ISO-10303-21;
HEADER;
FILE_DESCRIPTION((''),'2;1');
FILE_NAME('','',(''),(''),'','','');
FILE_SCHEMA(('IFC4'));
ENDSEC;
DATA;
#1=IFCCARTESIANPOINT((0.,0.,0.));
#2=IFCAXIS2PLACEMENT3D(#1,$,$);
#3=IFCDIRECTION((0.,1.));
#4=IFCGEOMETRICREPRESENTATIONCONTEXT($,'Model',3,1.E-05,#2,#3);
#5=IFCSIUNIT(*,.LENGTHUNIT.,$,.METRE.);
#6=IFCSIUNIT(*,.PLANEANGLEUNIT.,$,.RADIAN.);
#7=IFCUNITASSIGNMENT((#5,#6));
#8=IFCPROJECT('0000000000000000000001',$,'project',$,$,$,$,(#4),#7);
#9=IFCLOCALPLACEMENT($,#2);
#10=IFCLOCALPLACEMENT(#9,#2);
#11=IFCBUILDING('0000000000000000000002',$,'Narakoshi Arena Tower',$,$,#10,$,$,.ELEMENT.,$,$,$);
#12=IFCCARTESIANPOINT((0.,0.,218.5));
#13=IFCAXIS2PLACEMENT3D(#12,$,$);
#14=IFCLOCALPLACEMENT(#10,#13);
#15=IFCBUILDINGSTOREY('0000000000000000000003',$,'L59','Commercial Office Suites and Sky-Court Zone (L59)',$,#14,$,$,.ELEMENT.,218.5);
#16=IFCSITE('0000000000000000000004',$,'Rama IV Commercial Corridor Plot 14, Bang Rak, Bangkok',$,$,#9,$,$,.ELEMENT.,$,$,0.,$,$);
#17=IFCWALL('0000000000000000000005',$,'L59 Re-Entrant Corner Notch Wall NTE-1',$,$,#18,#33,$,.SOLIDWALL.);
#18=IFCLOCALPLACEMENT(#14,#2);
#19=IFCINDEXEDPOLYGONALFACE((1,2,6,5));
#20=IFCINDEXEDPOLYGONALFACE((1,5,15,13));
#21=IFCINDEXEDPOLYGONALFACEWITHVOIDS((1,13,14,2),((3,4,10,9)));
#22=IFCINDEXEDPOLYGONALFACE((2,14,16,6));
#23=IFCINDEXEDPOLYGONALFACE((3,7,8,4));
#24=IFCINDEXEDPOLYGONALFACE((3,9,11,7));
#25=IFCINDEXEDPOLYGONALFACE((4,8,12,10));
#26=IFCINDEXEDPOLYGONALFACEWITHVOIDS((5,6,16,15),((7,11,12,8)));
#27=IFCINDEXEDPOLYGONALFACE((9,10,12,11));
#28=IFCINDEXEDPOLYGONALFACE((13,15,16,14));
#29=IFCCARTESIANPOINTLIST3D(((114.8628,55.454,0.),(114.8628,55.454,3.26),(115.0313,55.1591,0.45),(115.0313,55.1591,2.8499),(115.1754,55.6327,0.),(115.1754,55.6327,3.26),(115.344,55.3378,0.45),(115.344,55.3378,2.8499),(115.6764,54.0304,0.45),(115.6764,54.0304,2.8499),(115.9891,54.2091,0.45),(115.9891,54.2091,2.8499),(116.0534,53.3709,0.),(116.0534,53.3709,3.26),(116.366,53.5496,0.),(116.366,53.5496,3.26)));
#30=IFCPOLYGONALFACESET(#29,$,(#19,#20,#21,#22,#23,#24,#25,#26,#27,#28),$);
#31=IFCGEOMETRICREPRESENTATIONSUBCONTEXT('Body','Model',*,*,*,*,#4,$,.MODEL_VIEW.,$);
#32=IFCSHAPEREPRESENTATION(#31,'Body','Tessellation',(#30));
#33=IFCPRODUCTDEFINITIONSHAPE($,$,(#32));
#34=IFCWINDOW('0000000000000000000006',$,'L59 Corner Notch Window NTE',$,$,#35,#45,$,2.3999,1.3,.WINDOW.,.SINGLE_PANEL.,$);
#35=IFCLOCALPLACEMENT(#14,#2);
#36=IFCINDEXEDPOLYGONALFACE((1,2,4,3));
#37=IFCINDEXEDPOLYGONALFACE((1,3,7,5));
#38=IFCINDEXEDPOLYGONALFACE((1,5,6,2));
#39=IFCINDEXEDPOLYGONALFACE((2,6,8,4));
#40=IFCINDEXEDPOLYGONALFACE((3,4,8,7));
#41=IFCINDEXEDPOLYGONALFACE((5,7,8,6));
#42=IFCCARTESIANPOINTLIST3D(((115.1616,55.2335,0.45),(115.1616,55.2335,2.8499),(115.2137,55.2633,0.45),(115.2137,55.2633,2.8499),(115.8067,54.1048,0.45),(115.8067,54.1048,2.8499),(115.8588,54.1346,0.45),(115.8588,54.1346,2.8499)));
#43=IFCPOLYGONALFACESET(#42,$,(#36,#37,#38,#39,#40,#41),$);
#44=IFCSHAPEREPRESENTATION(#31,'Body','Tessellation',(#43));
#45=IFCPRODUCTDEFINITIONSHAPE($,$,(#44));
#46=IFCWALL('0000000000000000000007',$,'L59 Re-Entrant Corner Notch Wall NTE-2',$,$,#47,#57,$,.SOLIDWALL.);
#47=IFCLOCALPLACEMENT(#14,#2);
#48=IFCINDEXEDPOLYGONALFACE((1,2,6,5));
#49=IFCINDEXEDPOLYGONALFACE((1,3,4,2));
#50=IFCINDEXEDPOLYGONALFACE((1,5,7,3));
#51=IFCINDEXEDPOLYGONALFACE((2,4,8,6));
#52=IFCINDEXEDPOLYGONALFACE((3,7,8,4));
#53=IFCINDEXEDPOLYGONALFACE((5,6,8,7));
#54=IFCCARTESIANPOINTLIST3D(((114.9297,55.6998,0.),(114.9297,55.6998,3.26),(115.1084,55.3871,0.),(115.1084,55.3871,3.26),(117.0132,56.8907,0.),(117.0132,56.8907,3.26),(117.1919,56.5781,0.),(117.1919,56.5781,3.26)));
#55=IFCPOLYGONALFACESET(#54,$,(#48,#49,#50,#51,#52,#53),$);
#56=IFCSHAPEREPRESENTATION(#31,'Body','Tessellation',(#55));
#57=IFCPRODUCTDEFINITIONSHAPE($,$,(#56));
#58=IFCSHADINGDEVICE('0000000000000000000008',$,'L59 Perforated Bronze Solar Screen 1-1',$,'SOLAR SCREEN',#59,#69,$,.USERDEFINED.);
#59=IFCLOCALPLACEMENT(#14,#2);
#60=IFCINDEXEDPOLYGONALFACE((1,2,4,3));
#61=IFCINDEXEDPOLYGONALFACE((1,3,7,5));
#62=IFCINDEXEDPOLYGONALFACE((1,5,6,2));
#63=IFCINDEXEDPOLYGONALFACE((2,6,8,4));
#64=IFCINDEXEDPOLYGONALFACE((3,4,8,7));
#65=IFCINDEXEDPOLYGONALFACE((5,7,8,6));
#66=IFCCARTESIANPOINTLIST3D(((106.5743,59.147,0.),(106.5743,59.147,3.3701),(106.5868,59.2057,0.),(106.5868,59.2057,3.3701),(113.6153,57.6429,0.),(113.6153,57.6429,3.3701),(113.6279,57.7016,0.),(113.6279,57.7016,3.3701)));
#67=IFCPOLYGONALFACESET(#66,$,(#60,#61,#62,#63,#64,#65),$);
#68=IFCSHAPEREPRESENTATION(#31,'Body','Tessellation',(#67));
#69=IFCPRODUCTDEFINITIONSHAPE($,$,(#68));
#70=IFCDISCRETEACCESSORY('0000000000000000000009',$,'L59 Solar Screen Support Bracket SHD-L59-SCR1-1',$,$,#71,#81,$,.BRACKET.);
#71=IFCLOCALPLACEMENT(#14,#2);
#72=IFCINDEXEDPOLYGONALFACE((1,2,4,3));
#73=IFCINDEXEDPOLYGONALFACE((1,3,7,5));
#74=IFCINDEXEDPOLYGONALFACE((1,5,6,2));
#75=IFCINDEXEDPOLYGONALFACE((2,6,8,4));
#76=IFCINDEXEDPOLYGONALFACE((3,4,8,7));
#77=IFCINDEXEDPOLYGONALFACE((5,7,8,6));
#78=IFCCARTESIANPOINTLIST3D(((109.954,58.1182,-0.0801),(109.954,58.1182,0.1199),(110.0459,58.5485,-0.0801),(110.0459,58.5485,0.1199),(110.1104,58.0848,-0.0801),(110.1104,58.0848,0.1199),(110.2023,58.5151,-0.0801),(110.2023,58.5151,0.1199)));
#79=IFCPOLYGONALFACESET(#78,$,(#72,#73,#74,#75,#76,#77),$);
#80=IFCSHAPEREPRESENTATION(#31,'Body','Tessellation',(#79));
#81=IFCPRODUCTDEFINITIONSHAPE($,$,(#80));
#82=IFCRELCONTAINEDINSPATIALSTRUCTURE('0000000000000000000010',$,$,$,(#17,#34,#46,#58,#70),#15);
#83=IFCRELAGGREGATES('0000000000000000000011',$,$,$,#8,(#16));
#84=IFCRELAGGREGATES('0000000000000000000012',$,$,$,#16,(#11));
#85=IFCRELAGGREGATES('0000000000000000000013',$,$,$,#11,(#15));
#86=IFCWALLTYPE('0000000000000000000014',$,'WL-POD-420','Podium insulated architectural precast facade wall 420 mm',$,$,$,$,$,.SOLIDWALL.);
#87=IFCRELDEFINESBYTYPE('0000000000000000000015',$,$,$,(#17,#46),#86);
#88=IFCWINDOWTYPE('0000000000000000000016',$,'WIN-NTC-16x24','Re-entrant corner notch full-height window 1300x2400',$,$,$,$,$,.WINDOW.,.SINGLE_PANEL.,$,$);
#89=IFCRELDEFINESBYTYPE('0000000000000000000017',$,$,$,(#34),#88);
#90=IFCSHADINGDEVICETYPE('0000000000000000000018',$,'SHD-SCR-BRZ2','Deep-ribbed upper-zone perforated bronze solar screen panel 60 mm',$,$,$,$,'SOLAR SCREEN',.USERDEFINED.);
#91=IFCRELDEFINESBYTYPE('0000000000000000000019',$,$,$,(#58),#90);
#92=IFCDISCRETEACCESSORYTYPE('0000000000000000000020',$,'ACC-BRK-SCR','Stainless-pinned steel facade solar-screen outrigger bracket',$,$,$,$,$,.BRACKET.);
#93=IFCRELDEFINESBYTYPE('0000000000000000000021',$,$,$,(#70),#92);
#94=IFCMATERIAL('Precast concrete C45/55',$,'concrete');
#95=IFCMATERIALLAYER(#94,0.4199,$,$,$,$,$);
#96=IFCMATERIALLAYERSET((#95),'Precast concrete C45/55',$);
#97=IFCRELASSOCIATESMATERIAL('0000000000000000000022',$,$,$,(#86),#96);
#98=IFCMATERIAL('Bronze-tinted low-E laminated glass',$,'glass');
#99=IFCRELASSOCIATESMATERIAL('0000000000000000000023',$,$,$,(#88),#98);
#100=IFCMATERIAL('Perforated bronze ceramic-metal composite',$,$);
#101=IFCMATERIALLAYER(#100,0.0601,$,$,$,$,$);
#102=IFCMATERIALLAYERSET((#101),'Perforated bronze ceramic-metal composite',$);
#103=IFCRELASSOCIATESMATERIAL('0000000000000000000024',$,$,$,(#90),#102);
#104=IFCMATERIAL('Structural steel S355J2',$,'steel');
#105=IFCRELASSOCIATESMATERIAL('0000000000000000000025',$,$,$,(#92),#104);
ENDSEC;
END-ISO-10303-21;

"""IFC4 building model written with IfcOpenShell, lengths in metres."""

from ifc_helpers import new_model, si_unit, direction, frame, frame_2d, origin, origin_2d, place, context, subcontext, project, spatial, rectangle, extrude, material, layer, layer_set, type_object, element, fill, save


model = new_model("IFC4")

# Units and contexts
model_context = context("Model", 3, precision=1e-05, world=origin(), true_north=direction((0.0, 1.0)))
body_context = subcontext(model_context, "Body", "Model", "MODEL_VIEW")
ifc_project = project(units=[si_unit("LENGTHUNIT", "METRE"), si_unit("PLANEANGLEUNIT", "RADIAN")], contexts=[model_context])

# Site, building, storey
site_placement = place(None, origin())
site = spatial("IfcSite", under=ifc_project, at=site_placement, Name="Rama IV Commercial Corridor Plot 14, Bang Rak, Bangkok", CompositionType="ELEMENT", RefElevation=0.0)
building_placement = place(site_placement, origin())
building = spatial("IfcBuilding", under=site, at=building_placement, Name="Narakoshi Arena Tower", CompositionType="ELEMENT")
storey_placement = place(building_placement, frame((0.0, 0.0, 218.5)))
storey = spatial("IfcBuildingStorey", under=building, at=storey_placement, Name="L59", Description="Commercial Office Suites and Sky-Court Zone (L59)", CompositionType="ELEMENT", Elevation=218.5)

# Shared definitions
ifc_material_1 = material(Name="Structural steel S355J2", Category="steel")

# Shared definitions
ifc_material_2 = material(Name="Bronze-tinted low-E laminated glass", Category="glass")

# Shared definitions
ifc_material_3 = material(Name="Precast concrete C45/55", Category="concrete")

# Wall, opening, window
ifc_layer_1 = layer(ifc_material_3, 0.4199)
ifc_layer_set_1 = layer_set([ifc_layer_1], Name="Precast concrete C45/55")
wall_type_1 = type_object("IfcWallType", Name="WL-POD-420", Description="Podium insulated architectural precast facade wall 420 mm", PredefinedType="SOLIDWALL", material=ifc_layer_set_1)
wall_1_placement = place(storey_placement, frame((116.2097, 53.4602, 0.0), z_axis=(0.0, 0.0, 1.0), x_axis=(-0.496216, 0.868199, 0.0)))
wall_1 = element("IfcWall", 1, at=wall_1_placement, inside=storey, type_object=wall_type_1, Name="L59 Re-Entrant Corner Notch Wall NTE-1", PredefinedType="SOLIDWALL", context=body_context, shape_type="SweptSolid", body=[
    extrude(rectangle(XDim=2.3994, YDim=0.3601, at=frame_2d((1.1997, 0.0))), origin(), (0.0, 0.0, 1.0), 3.26),
])
opening_1_placement = place(wall_1_placement, frame((0.7598, 0.0, 0.45)))
opening_1 = element("IfcOpeningElement", 2, at=opening_1_placement, cuts=wall_1, PredefinedType="OPENING", context=body_context, shape_type="SweptSolid", body=[
    extrude(rectangle(XDim=1.3, YDim=2.3999, at=frame_2d((0.6499, 1.2))), frame((0.0, 0.1899, 0.0), z_axis=(0.0, -1.0, 0.0), x_axis=(1.0, 0.0, 0.0)), (0.0, 0.0, 1.0), 0.3801),
])
window_type_1 = type_object("IfcWindowType", Name="WIN-NTC-16x24", Description="Re-entrant corner notch full-height window 1300x2400", PartitioningType="SINGLE_PANEL", PredefinedType="WINDOW", material=ifc_material_2)
window_1_placement = place(opening_1_placement, origin())
window_1 = element("IfcWindow", 3, at=window_1_placement, inside=storey, type_object=window_type_1, Name="L59 Corner Notch Window NTE", OverallHeight=2.3999, OverallWidth=1.3, PartitioningType="SINGLE_PANEL", PredefinedType="WINDOW", context=body_context, shape_type="SweptSolid", body=[
    extrude(rectangle(XDim=1.3, YDim=2.3999, at=frame_2d((0.6499, 1.2))), frame((0.0, 0.03, 0.0), z_axis=(0.0, -1.0, 0.0), x_axis=(1.0, 0.0, 0.0)), (0.0, 0.0, 1.0), 0.0601),
])
fill(opening_1, window_1)

# Wall
wall_2_placement = place(storey_placement, frame((115.019, 55.5435, 0.0), z_axis=(0.0, 0.0, 1.0), x_axis=(0.868181, 0.496248, 0.0)))
element("IfcWall", 4, at=wall_2_placement, inside=storey, type_object=wall_type_1, Name="L59 Re-Entrant Corner Notch Wall NTE-2", PredefinedType="SOLIDWALL", context=body_context, shape_type="SweptSolid", body=[
    extrude(rectangle(XDim=2.3999, YDim=0.3601, at=frame_2d((1.2, 0.0))), origin(), (0.0, 0.0, 1.0), 3.26),
])

# Shading device
ifc_material_4 = material(Name="Perforated bronze ceramic-metal composite")
ifc_layer_2 = layer(ifc_material_4, 0.0601)
ifc_layer_set_2 = layer_set([ifc_layer_2], Name="Perforated bronze ceramic-metal composite")
shading_device_type = type_object("IfcShadingDeviceType", Name="SHD-SCR-BRZ2", Description="Deep-ribbed upper-zone perforated bronze solar screen panel 60 mm", ElementType="SOLAR SCREEN", PredefinedType="USERDEFINED", material=ifc_layer_set_2)
shading_device_placement = place(storey_placement, frame((110.1011, 58.4243, 0.0), z_axis=(0.0, 0.0, 1.0), x_axis=(-0.977937, 0.208902, 0.0)))
element("IfcShadingDevice", 5, at=shading_device_placement, inside=storey, type_object=shading_device_type, Name="L59 Perforated Bronze Solar Screen 1-1", ObjectType="SOLAR SCREEN", PredefinedType="USERDEFINED", context=body_context, shape_type="SweptSolid", body=[
    extrude(rectangle(XDim=7.2, YDim=0.0601, at=origin_2d()), origin(), (0.0, 0.0, 1.0), 3.3701),
])

# Discrete accessory
discrete_accessory_type = type_object("IfcDiscreteAccessoryType", Name="ACC-BRK-SCR", Description="Stainless-pinned steel facade solar-screen outrigger bracket", PredefinedType="BRACKET", material=ifc_material_1)
discrete_accessory_placement = place(storey_placement, frame((110.0781, 58.3167, -0.0801), z_axis=(0.0, 0.0, 1.0), x_axis=(-0.977937, 0.208902, 0.0)))
element("IfcDiscreteAccessory", 6, at=discrete_accessory_placement, inside=storey, type_object=discrete_accessory_type, Name="L59 Solar Screen Support Bracket SHD-L59-SCR1-1", PredefinedType="BRACKET", context=body_context, shape_type="SweptSolid", body=[
    extrude(rectangle(XDim=0.1599, YDim=0.4399, at=origin_2d()), origin(), (0.0, 0.0, 1.0), 0.2),
])

save(model, "model.ifc")
